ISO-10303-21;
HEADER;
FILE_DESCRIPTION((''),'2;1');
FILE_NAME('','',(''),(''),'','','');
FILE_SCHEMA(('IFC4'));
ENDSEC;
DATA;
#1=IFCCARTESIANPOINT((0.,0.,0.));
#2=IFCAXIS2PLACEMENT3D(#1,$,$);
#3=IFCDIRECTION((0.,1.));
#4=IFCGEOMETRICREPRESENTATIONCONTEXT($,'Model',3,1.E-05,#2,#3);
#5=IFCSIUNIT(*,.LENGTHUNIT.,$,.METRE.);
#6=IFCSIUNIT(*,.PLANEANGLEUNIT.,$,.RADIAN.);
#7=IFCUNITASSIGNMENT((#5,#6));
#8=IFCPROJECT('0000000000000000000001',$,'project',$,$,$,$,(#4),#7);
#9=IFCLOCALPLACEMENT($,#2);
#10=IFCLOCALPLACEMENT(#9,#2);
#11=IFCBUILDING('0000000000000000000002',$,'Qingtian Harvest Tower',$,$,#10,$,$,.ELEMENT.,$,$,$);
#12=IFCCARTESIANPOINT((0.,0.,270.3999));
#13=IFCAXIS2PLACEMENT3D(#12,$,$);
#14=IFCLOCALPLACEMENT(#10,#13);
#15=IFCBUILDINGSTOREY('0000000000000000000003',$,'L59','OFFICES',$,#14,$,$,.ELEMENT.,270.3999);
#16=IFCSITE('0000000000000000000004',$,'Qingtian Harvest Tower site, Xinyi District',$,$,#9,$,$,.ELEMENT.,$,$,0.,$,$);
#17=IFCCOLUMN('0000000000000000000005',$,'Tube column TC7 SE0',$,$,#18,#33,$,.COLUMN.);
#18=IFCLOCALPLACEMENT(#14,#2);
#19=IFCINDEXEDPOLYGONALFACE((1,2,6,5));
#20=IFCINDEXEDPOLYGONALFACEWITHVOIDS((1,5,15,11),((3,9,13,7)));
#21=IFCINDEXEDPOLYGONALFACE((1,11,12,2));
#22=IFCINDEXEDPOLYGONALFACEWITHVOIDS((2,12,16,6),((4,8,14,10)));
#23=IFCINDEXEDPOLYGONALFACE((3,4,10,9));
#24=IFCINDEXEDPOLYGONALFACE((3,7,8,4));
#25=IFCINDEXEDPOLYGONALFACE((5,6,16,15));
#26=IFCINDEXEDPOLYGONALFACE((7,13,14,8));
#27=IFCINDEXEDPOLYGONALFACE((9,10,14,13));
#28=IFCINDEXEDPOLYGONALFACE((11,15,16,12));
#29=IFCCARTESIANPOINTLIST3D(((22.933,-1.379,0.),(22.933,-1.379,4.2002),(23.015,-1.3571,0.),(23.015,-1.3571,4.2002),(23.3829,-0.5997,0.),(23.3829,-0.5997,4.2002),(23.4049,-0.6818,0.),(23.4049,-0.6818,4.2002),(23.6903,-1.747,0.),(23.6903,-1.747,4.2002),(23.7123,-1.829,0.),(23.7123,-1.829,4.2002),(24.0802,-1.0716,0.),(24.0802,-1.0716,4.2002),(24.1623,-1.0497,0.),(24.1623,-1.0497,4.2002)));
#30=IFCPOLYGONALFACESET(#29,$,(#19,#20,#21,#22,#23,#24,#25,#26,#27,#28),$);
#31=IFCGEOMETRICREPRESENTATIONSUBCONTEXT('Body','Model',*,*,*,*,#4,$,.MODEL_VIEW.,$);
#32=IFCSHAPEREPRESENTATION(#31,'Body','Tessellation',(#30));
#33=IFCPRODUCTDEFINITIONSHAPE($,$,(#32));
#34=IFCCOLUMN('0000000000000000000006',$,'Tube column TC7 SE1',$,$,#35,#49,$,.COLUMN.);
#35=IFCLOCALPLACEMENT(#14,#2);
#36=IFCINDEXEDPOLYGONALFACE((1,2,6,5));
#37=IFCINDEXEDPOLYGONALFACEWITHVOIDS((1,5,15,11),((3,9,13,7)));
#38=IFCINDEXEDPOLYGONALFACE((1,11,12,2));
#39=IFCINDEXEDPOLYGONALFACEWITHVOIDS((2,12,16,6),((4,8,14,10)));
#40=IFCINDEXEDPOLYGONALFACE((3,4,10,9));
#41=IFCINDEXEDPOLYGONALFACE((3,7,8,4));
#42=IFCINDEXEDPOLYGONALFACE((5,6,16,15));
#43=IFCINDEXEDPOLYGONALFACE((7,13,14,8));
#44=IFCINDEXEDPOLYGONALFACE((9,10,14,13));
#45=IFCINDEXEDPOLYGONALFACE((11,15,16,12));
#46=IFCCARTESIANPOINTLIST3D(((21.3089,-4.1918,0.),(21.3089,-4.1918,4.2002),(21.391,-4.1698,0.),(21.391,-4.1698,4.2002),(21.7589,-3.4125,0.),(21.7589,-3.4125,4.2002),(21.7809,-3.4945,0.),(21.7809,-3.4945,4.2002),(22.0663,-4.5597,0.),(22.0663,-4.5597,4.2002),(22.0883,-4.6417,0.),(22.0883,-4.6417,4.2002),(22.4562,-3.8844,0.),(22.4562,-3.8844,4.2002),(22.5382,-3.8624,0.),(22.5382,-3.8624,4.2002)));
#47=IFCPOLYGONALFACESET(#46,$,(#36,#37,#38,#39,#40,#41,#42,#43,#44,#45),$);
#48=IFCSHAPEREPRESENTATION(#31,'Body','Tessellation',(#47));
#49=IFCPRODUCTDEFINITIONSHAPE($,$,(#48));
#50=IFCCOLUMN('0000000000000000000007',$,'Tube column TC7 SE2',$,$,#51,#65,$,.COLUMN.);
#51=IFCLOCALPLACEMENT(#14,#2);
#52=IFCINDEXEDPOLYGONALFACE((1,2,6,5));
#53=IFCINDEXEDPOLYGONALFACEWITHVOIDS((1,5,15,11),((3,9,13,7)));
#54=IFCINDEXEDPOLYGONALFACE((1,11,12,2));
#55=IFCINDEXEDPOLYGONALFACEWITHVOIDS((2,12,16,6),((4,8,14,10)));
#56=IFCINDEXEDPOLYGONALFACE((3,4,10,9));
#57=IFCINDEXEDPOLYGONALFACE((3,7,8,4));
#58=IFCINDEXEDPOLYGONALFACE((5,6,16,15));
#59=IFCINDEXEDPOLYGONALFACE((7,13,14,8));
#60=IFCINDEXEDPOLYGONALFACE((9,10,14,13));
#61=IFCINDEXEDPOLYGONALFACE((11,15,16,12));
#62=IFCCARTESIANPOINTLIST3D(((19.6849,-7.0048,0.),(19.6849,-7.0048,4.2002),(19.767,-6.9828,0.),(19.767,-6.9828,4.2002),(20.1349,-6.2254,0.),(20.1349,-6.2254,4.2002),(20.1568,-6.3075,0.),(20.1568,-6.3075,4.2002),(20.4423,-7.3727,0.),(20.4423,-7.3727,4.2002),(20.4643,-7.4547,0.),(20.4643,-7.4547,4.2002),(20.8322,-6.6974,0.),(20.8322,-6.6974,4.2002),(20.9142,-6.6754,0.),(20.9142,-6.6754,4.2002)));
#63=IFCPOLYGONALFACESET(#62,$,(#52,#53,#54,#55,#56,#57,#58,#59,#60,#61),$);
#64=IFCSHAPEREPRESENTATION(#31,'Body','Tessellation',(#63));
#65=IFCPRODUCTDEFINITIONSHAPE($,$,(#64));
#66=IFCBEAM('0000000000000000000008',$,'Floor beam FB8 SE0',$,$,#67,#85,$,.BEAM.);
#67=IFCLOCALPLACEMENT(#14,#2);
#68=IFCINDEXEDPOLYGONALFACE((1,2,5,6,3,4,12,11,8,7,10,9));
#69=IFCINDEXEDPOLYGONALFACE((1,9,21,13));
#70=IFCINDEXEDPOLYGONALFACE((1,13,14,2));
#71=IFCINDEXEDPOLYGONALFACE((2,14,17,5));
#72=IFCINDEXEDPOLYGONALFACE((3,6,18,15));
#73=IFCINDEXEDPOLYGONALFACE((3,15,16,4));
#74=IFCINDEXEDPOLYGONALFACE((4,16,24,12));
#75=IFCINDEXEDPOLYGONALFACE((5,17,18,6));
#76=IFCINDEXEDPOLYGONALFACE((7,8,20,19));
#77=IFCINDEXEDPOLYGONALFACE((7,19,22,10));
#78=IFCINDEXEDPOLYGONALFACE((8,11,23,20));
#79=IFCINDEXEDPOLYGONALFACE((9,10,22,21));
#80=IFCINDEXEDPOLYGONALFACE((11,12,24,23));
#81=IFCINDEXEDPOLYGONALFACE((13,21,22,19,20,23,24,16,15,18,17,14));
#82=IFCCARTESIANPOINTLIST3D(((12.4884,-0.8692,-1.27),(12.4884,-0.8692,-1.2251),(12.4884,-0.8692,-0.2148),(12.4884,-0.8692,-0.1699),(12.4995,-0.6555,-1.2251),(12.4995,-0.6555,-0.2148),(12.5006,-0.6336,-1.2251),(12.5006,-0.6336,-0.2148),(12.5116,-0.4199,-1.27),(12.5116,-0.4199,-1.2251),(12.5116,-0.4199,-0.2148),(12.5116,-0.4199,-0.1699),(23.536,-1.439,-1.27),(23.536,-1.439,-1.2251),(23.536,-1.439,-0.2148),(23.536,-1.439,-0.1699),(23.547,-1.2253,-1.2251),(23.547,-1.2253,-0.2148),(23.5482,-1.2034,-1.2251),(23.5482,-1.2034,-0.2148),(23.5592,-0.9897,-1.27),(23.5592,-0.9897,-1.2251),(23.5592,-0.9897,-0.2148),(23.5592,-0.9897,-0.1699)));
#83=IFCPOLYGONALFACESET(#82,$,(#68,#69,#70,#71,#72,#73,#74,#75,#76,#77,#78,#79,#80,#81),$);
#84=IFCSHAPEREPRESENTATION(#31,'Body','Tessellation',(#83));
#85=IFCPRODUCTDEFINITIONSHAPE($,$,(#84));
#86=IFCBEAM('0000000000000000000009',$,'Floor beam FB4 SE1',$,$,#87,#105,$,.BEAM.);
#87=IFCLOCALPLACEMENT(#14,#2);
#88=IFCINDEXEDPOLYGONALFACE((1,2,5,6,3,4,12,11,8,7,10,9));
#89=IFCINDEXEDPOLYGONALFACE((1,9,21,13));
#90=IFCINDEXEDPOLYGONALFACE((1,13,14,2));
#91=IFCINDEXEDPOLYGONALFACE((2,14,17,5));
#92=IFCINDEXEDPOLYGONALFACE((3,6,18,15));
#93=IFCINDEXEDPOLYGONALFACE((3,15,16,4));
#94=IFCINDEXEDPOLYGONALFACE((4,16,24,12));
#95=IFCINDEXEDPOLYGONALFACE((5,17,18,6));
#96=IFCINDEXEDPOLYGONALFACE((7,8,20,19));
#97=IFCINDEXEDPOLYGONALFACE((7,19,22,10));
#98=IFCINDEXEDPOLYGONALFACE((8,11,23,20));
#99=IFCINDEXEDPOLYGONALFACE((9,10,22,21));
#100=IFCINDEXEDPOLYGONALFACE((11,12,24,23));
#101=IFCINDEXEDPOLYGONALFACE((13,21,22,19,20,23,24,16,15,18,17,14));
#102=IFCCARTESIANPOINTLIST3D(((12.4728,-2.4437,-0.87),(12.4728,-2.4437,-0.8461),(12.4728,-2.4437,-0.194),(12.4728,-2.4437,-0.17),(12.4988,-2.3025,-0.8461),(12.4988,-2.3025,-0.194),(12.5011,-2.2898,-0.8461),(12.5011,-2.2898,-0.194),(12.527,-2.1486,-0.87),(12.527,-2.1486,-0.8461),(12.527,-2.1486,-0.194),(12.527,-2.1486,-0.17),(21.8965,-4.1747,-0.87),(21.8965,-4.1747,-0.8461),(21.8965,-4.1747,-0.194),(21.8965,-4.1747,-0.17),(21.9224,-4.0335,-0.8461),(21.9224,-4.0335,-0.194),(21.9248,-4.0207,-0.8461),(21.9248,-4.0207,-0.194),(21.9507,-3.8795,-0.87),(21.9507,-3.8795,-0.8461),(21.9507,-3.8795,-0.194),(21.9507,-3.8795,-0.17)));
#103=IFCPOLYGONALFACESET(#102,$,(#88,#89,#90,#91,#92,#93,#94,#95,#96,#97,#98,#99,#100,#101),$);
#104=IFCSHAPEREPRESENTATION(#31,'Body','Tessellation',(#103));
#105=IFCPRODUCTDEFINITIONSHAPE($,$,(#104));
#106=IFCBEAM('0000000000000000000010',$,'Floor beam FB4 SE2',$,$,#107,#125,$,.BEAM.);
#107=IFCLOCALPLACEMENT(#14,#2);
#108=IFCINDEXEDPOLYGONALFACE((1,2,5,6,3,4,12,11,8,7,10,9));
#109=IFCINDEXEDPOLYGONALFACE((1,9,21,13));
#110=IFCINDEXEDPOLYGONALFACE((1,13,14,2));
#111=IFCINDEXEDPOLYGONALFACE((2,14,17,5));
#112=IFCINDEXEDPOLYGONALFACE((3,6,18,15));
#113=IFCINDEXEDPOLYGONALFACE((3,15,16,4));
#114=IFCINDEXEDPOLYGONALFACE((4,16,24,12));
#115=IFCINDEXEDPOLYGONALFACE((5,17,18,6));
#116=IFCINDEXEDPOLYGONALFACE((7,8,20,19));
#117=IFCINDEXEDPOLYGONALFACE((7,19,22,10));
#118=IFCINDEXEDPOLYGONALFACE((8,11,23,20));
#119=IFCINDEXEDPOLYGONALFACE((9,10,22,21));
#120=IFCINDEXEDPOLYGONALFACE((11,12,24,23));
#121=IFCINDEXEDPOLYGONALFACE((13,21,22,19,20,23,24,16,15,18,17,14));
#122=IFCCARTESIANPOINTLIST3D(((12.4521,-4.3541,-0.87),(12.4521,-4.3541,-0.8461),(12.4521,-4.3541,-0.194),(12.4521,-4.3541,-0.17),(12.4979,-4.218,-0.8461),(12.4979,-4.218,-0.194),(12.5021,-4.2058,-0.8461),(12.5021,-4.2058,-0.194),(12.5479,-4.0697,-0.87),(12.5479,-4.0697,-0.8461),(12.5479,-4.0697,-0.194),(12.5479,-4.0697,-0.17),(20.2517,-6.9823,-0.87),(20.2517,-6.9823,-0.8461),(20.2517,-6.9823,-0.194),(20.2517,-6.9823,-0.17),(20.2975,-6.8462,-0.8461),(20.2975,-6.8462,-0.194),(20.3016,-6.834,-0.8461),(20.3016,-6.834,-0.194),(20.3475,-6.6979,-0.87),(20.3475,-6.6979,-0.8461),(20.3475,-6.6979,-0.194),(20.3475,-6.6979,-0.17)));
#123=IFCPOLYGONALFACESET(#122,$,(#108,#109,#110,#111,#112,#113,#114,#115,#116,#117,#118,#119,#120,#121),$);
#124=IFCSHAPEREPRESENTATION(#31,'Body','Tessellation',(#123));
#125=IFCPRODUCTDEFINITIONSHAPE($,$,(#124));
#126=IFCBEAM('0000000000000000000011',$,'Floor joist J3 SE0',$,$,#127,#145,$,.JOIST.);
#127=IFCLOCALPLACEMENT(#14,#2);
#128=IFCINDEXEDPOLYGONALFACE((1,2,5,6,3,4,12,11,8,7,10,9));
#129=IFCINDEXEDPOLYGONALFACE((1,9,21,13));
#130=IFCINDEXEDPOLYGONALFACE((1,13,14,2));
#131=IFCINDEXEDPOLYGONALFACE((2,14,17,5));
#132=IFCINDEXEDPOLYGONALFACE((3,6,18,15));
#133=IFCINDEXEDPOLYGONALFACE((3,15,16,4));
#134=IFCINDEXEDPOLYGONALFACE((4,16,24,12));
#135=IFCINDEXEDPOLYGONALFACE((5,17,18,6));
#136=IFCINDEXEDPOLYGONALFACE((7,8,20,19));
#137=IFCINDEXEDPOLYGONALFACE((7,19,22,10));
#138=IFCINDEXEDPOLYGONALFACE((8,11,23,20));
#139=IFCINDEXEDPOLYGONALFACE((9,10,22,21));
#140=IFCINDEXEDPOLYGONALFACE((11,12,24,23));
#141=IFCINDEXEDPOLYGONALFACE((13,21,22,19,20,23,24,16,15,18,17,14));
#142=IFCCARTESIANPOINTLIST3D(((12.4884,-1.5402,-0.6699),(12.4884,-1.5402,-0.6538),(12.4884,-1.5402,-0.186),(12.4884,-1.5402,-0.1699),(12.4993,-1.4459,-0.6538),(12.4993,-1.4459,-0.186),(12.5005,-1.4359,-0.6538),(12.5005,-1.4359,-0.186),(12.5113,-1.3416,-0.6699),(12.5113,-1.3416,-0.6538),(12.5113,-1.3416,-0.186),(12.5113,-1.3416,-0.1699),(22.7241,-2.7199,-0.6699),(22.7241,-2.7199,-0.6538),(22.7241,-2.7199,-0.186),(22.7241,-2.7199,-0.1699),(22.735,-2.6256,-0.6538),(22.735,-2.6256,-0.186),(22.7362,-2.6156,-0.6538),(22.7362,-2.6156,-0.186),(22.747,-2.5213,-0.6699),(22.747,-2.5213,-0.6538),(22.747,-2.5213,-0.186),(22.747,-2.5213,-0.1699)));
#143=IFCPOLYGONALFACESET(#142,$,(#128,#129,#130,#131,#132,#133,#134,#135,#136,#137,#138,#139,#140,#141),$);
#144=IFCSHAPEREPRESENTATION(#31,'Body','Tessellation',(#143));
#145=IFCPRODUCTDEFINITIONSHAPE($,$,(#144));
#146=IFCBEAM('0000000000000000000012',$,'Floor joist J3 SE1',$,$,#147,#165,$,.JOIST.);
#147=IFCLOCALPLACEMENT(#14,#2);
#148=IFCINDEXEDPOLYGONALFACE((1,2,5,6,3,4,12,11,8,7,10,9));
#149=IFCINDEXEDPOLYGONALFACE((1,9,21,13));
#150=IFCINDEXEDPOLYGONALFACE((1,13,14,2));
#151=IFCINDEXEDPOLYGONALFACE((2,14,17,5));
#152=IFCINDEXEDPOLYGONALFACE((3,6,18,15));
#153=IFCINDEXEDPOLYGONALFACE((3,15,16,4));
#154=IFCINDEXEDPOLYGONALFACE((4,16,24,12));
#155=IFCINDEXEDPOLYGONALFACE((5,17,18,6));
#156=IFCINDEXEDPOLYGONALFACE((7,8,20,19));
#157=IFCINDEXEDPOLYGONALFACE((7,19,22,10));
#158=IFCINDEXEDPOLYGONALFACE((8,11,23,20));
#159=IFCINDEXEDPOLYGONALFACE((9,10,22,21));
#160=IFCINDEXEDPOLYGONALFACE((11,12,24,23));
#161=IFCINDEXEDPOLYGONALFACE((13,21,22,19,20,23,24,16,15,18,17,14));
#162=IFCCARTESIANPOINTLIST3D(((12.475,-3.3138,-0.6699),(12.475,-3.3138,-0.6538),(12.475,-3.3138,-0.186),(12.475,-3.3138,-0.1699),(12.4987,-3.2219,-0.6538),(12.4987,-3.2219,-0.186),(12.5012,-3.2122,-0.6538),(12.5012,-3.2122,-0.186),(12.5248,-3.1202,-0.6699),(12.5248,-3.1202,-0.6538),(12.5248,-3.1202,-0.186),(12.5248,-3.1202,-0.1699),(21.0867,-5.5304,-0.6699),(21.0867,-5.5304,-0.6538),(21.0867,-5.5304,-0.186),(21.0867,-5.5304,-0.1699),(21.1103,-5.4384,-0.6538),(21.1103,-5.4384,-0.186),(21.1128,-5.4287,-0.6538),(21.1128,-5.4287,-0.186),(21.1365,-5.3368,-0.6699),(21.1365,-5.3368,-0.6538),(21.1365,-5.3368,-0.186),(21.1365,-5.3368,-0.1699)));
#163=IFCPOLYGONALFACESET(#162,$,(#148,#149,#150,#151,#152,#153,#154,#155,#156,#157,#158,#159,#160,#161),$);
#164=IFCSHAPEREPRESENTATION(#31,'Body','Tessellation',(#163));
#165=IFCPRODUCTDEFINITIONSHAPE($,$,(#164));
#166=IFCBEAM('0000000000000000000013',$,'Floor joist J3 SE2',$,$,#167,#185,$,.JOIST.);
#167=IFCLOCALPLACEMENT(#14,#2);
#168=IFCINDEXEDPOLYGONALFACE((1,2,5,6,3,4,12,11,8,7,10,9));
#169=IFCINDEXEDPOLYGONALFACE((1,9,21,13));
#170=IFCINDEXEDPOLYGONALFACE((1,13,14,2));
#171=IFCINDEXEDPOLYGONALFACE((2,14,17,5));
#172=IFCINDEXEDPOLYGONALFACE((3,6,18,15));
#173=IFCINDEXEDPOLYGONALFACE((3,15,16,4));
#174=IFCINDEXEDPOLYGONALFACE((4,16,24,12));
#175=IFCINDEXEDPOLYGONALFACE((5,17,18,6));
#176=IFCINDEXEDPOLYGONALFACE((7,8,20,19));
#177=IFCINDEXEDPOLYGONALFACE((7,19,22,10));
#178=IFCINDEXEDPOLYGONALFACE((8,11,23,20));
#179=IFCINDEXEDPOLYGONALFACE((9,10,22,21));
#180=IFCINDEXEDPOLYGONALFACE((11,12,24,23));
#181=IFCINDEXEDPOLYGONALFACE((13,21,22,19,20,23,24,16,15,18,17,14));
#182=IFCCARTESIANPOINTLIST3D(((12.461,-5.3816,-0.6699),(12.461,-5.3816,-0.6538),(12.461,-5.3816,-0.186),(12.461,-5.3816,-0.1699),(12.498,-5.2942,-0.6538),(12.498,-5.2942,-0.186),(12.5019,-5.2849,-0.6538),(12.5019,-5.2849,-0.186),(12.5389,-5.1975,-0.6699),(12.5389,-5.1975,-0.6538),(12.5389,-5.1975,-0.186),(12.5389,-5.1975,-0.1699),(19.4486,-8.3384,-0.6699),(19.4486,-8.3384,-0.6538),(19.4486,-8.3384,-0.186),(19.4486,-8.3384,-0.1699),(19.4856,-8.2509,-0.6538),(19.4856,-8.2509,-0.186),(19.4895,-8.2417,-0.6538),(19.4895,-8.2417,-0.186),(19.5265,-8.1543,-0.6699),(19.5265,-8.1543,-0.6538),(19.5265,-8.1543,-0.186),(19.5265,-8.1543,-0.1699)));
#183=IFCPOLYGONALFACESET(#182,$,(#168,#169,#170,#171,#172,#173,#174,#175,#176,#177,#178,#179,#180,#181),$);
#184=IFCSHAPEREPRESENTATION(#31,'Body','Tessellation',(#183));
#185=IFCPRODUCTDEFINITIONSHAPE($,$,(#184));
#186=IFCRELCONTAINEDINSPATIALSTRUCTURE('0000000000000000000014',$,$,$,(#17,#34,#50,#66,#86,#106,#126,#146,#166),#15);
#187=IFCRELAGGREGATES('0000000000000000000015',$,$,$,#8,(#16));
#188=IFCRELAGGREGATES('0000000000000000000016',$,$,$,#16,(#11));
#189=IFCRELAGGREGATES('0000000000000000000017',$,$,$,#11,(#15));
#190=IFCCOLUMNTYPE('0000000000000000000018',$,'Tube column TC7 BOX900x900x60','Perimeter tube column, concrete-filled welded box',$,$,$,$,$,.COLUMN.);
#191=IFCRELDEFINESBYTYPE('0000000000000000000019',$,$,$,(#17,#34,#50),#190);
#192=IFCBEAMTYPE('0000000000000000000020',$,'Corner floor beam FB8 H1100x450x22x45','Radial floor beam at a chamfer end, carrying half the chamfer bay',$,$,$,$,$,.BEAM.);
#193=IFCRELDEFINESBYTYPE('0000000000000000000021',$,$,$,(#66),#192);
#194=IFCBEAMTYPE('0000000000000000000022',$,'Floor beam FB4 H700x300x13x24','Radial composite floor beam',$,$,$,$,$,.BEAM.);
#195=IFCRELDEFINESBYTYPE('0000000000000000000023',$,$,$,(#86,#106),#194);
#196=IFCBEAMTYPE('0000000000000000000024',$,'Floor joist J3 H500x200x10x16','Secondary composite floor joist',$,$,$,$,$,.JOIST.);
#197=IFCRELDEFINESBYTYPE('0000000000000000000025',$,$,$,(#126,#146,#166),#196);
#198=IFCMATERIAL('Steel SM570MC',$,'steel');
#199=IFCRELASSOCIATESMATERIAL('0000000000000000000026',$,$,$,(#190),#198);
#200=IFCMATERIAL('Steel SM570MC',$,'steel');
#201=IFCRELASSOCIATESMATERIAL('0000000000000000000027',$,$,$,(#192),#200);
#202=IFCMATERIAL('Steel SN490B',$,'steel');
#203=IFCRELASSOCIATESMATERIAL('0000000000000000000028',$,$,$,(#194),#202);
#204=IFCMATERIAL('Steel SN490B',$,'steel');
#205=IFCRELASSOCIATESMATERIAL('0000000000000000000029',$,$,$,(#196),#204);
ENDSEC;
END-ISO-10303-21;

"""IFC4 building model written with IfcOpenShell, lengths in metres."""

from ifc_helpers import new_model, si_unit, direction, frame, origin, origin_2d, place, context, subcontext, project, spatial, hollow_rectangle, i_section, extrude, material, material_profile, profile_set, type_object, element, save


model = new_model("IFC4")

# Units and contexts
model_context = context("Model", 3, precision=1e-05, world=origin(), true_north=direction((0.0, 1.0)))
body_context = subcontext(model_context, "Body", "Model", "MODEL_VIEW")
ifc_project = project(units=[si_unit("LENGTHUNIT", "METRE"), si_unit("PLANEANGLEUNIT", "RADIAN")], contexts=[model_context])

# Site, building, storey
site_placement = place(None, origin())
site = spatial("IfcSite", under=ifc_project, at=site_placement, Name="Qingtian Harvest Tower site, Xinyi District", CompositionType="ELEMENT", RefElevation=0.0)
building_placement = place(site_placement, origin())
building = spatial("IfcBuilding", under=site, at=building_placement, Name="Qingtian Harvest Tower", CompositionType="ELEMENT")
storey_placement = place(building_placement, frame((0.0, 0.0, 270.3999)))
storey = spatial("IfcBuildingStorey", under=building, at=storey_placement, Name="L59", Description="OFFICES", CompositionType="ELEMENT", Elevation=270.3999)

# Columns
ifc_material_1 = material(Name="Steel SM570MC", Category="steel")
ifc_material_profile_1 = material_profile(ifc_material_1, hollow_rectangle(XDim=0.8999, YDim=0.8999, WallThickness=0.0601, at=origin_2d()), Name="BOX900x900x60")
ifc_profile_set_1 = profile_set([ifc_material_profile_1], Name="Steel SM570MC")
column_type = type_object("IfcColumnType", Name="Tube column TC7 BOX900x900x60", Description="Perimeter tube column, concrete-filled welded box", PredefinedType="COLUMN", material=ifc_profile_set_1)
for number, where, z_axis, x_axis, name in (
    (1, (23.5476, -1.2144, 0.0), (0.0, 0.0, 1.0), (0.5, 0.866025, 0.0), "Tube column TC7 SE0"),
    (2, (21.9236, -4.0271, 0.0), (0.0, 0.0, 1.0), (0.5, 0.866025, 0.0), "Tube column TC7 SE1"),
    (3, (20.2996, -6.8401, 0.0), (0.0, 0.0, 1.0), (0.5, 0.866025, 0.0), "Tube column TC7 SE2"),
):
    element("IfcColumn", number, at=place(storey_placement, frame(where, z_axis=z_axis, x_axis=x_axis)), inside=storey, type_object=column_type, Name=name, PredefinedType="COLUMN", context=body_context, shape_type="SweptSolid", body=[
        extrude(hollow_rectangle(XDim=0.8999, YDim=0.8999, WallThickness=0.0601, at=origin_2d()), origin(), (0.0, 0.0, 1.0), 4.2002),
    ])

# Beams
ifc_material_2 = material(Name="Steel SM570MC", Category="steel")
ifc_material_profile_2 = material_profile(ifc_material_2, i_section(OverallWidth=0.45, OverallDepth=1.1001, WebThickness=0.022, FlangeThickness=0.0449, at=origin_2d()), Name="H1100x450x22x45")
ifc_profile_set_2 = profile_set([ifc_material_profile_2], Name="Steel SM570MC")
beam_type_1 = type_object("IfcBeamType", Name="Corner floor beam FB8 H1100x450x22x45", Description="Radial floor beam at a chamfer end, carrying half the chamfer bay", PredefinedType="BEAM", material=ifc_profile_set_2)
beam_1_placement = place(storey_placement, frame((23.5476, -1.2144, -0.72), z_axis=(-0.998672, 0.05151, 0.0), x_axis=(-0.05151, -0.998672, 0.0)))
element("IfcBeam", 4, at=beam_1_placement, inside=storey, type_object=beam_type_1, Name="Floor beam FB8 SE0", PredefinedType="BEAM", context=body_context, shape_type="SweptSolid", body=[
    extrude(i_section(OverallWidth=0.45, OverallDepth=1.1001, WebThickness=0.022, FlangeThickness=0.0449, at=origin_2d()), origin(), (0.0, 0.0, 1.0), 11.0623),
])
ifc_material_3 = material(Name="Steel SN490B", Category="steel")
ifc_material_profile_3 = material_profile(ifc_material_3, i_section(OverallWidth=0.3, OverallDepth=0.7, WebThickness=0.0129, FlangeThickness=0.0239, at=origin_2d()), Name="H700x300x13x24")
ifc_profile_set_3 = profile_set([ifc_material_profile_3], Name="Steel SN490B")
beam_type_2 = type_object("IfcBeamType", Name="Floor beam FB4 H700x300x13x24", Description="Radial composite floor beam", PredefinedType="BEAM", material=ifc_profile_set_3)
beam_2_placement = place(storey_placement, frame((21.9236, -4.0271, -0.52), z_axis=(-0.983545, 0.180661, 0.0), x_axis=(-0.180661, -0.983545, 0.0)))
element("IfcBeam", 5, at=beam_2_placement, inside=storey, type_object=beam_type_2, Name="Floor beam FB4 SE1", PredefinedType="BEAM", context=body_context, shape_type="SweptSolid", body=[
    extrude(i_section(OverallWidth=0.3, OverallDepth=0.7, WebThickness=0.0129, FlangeThickness=0.0239, at=origin_2d()), origin(), (0.0, 0.0, 1.0), 9.5813),
])
beam_3_placement = place(storey_placement, frame((20.2996, -6.8401, -0.52), z_axis=(-0.947646, 0.319323, 0.0), x_axis=(-0.319323, -0.947646, 0.0)))
element("IfcBeam", 6, at=beam_3_placement, inside=storey, type_object=beam_type_2, Name="Floor beam FB4 SE2", PredefinedType="BEAM", context=body_context, shape_type="SweptSolid", body=[
    extrude(i_section(OverallWidth=0.3, OverallDepth=0.7, WebThickness=0.0129, FlangeThickness=0.0239, at=origin_2d()), origin(), (0.0, 0.0, 1.0), 8.2305),
])
ifc_material_4 = material(Name="Steel SN490B", Category="steel")
ifc_material_profile_4 = material_profile(ifc_material_4, i_section(OverallWidth=0.2, OverallDepth=0.5, WebThickness=0.01, FlangeThickness=0.0161, at=origin_2d()), Name="H500x200x10x16")
ifc_profile_set_4 = profile_set([ifc_material_profile_4], Name="Steel SN490B")
beam_type_3 = type_object("IfcBeamType", Name="Floor joist J3 H500x200x10x16", Description="Secondary composite floor joist", PredefinedType="JOIST", material=ifc_profile_set_4)
beam_4_placement = place(storey_placement, frame((22.7356, -2.6206, -0.4199), z_axis=(-0.993424, 0.114495, 0.0), x_axis=(-0.114495, -0.993424, 0.0)))
element("IfcBeam", 7, at=beam_4_placement, inside=storey, type_object=beam_type_3, Name="Floor joist J3 SE0", PredefinedType="JOIST", context=body_context, shape_type="SweptSolid", body=[
    extrude(i_section(OverallWidth=0.2, OverallDepth=0.5, WebThickness=0.01, FlangeThickness=0.0161, at=origin_2d()), origin(), (0.0, 0.0, 1.0), 10.3035),
])
beam_5_placement = place(storey_placement, frame((21.1116, -5.4336, -0.4199), z_axis=(-0.968435, 0.249268, 0.0), x_axis=(-0.249268, -0.968435, 0.0)))
element("IfcBeam", 8, at=beam_5_placement, inside=storey, type_object=beam_type_3, Name="Floor joist J3 SE1", PredefinedType="JOIST", context=body_context, shape_type="SweptSolid", body=[
    extrude(i_section(OverallWidth=0.2, OverallDepth=0.5, WebThickness=0.01, FlangeThickness=0.0161, at=origin_2d()), origin(), (0.0, 0.0, 1.0), 8.8923),
])
beam_6_placement = place(storey_placement, frame((19.4875, -8.2463, -0.4199), z_axis=(-0.920943, 0.389698, 0.0), x_axis=(-0.389698, -0.920943, 0.0)))
element("IfcBeam", 9, at=beam_6_placement, inside=storey, type_object=beam_type_3, Name="Floor joist J3 SE2", PredefinedType="JOIST", context=body_context, shape_type="SweptSolid", body=[
    extrude(i_section(OverallWidth=0.2, OverallDepth=0.5, WebThickness=0.01, FlangeThickness=0.0161, at=origin_2d()), origin(), (0.0, 0.0, 1.0), 7.5874),
])

save(model, "model.ifc")
